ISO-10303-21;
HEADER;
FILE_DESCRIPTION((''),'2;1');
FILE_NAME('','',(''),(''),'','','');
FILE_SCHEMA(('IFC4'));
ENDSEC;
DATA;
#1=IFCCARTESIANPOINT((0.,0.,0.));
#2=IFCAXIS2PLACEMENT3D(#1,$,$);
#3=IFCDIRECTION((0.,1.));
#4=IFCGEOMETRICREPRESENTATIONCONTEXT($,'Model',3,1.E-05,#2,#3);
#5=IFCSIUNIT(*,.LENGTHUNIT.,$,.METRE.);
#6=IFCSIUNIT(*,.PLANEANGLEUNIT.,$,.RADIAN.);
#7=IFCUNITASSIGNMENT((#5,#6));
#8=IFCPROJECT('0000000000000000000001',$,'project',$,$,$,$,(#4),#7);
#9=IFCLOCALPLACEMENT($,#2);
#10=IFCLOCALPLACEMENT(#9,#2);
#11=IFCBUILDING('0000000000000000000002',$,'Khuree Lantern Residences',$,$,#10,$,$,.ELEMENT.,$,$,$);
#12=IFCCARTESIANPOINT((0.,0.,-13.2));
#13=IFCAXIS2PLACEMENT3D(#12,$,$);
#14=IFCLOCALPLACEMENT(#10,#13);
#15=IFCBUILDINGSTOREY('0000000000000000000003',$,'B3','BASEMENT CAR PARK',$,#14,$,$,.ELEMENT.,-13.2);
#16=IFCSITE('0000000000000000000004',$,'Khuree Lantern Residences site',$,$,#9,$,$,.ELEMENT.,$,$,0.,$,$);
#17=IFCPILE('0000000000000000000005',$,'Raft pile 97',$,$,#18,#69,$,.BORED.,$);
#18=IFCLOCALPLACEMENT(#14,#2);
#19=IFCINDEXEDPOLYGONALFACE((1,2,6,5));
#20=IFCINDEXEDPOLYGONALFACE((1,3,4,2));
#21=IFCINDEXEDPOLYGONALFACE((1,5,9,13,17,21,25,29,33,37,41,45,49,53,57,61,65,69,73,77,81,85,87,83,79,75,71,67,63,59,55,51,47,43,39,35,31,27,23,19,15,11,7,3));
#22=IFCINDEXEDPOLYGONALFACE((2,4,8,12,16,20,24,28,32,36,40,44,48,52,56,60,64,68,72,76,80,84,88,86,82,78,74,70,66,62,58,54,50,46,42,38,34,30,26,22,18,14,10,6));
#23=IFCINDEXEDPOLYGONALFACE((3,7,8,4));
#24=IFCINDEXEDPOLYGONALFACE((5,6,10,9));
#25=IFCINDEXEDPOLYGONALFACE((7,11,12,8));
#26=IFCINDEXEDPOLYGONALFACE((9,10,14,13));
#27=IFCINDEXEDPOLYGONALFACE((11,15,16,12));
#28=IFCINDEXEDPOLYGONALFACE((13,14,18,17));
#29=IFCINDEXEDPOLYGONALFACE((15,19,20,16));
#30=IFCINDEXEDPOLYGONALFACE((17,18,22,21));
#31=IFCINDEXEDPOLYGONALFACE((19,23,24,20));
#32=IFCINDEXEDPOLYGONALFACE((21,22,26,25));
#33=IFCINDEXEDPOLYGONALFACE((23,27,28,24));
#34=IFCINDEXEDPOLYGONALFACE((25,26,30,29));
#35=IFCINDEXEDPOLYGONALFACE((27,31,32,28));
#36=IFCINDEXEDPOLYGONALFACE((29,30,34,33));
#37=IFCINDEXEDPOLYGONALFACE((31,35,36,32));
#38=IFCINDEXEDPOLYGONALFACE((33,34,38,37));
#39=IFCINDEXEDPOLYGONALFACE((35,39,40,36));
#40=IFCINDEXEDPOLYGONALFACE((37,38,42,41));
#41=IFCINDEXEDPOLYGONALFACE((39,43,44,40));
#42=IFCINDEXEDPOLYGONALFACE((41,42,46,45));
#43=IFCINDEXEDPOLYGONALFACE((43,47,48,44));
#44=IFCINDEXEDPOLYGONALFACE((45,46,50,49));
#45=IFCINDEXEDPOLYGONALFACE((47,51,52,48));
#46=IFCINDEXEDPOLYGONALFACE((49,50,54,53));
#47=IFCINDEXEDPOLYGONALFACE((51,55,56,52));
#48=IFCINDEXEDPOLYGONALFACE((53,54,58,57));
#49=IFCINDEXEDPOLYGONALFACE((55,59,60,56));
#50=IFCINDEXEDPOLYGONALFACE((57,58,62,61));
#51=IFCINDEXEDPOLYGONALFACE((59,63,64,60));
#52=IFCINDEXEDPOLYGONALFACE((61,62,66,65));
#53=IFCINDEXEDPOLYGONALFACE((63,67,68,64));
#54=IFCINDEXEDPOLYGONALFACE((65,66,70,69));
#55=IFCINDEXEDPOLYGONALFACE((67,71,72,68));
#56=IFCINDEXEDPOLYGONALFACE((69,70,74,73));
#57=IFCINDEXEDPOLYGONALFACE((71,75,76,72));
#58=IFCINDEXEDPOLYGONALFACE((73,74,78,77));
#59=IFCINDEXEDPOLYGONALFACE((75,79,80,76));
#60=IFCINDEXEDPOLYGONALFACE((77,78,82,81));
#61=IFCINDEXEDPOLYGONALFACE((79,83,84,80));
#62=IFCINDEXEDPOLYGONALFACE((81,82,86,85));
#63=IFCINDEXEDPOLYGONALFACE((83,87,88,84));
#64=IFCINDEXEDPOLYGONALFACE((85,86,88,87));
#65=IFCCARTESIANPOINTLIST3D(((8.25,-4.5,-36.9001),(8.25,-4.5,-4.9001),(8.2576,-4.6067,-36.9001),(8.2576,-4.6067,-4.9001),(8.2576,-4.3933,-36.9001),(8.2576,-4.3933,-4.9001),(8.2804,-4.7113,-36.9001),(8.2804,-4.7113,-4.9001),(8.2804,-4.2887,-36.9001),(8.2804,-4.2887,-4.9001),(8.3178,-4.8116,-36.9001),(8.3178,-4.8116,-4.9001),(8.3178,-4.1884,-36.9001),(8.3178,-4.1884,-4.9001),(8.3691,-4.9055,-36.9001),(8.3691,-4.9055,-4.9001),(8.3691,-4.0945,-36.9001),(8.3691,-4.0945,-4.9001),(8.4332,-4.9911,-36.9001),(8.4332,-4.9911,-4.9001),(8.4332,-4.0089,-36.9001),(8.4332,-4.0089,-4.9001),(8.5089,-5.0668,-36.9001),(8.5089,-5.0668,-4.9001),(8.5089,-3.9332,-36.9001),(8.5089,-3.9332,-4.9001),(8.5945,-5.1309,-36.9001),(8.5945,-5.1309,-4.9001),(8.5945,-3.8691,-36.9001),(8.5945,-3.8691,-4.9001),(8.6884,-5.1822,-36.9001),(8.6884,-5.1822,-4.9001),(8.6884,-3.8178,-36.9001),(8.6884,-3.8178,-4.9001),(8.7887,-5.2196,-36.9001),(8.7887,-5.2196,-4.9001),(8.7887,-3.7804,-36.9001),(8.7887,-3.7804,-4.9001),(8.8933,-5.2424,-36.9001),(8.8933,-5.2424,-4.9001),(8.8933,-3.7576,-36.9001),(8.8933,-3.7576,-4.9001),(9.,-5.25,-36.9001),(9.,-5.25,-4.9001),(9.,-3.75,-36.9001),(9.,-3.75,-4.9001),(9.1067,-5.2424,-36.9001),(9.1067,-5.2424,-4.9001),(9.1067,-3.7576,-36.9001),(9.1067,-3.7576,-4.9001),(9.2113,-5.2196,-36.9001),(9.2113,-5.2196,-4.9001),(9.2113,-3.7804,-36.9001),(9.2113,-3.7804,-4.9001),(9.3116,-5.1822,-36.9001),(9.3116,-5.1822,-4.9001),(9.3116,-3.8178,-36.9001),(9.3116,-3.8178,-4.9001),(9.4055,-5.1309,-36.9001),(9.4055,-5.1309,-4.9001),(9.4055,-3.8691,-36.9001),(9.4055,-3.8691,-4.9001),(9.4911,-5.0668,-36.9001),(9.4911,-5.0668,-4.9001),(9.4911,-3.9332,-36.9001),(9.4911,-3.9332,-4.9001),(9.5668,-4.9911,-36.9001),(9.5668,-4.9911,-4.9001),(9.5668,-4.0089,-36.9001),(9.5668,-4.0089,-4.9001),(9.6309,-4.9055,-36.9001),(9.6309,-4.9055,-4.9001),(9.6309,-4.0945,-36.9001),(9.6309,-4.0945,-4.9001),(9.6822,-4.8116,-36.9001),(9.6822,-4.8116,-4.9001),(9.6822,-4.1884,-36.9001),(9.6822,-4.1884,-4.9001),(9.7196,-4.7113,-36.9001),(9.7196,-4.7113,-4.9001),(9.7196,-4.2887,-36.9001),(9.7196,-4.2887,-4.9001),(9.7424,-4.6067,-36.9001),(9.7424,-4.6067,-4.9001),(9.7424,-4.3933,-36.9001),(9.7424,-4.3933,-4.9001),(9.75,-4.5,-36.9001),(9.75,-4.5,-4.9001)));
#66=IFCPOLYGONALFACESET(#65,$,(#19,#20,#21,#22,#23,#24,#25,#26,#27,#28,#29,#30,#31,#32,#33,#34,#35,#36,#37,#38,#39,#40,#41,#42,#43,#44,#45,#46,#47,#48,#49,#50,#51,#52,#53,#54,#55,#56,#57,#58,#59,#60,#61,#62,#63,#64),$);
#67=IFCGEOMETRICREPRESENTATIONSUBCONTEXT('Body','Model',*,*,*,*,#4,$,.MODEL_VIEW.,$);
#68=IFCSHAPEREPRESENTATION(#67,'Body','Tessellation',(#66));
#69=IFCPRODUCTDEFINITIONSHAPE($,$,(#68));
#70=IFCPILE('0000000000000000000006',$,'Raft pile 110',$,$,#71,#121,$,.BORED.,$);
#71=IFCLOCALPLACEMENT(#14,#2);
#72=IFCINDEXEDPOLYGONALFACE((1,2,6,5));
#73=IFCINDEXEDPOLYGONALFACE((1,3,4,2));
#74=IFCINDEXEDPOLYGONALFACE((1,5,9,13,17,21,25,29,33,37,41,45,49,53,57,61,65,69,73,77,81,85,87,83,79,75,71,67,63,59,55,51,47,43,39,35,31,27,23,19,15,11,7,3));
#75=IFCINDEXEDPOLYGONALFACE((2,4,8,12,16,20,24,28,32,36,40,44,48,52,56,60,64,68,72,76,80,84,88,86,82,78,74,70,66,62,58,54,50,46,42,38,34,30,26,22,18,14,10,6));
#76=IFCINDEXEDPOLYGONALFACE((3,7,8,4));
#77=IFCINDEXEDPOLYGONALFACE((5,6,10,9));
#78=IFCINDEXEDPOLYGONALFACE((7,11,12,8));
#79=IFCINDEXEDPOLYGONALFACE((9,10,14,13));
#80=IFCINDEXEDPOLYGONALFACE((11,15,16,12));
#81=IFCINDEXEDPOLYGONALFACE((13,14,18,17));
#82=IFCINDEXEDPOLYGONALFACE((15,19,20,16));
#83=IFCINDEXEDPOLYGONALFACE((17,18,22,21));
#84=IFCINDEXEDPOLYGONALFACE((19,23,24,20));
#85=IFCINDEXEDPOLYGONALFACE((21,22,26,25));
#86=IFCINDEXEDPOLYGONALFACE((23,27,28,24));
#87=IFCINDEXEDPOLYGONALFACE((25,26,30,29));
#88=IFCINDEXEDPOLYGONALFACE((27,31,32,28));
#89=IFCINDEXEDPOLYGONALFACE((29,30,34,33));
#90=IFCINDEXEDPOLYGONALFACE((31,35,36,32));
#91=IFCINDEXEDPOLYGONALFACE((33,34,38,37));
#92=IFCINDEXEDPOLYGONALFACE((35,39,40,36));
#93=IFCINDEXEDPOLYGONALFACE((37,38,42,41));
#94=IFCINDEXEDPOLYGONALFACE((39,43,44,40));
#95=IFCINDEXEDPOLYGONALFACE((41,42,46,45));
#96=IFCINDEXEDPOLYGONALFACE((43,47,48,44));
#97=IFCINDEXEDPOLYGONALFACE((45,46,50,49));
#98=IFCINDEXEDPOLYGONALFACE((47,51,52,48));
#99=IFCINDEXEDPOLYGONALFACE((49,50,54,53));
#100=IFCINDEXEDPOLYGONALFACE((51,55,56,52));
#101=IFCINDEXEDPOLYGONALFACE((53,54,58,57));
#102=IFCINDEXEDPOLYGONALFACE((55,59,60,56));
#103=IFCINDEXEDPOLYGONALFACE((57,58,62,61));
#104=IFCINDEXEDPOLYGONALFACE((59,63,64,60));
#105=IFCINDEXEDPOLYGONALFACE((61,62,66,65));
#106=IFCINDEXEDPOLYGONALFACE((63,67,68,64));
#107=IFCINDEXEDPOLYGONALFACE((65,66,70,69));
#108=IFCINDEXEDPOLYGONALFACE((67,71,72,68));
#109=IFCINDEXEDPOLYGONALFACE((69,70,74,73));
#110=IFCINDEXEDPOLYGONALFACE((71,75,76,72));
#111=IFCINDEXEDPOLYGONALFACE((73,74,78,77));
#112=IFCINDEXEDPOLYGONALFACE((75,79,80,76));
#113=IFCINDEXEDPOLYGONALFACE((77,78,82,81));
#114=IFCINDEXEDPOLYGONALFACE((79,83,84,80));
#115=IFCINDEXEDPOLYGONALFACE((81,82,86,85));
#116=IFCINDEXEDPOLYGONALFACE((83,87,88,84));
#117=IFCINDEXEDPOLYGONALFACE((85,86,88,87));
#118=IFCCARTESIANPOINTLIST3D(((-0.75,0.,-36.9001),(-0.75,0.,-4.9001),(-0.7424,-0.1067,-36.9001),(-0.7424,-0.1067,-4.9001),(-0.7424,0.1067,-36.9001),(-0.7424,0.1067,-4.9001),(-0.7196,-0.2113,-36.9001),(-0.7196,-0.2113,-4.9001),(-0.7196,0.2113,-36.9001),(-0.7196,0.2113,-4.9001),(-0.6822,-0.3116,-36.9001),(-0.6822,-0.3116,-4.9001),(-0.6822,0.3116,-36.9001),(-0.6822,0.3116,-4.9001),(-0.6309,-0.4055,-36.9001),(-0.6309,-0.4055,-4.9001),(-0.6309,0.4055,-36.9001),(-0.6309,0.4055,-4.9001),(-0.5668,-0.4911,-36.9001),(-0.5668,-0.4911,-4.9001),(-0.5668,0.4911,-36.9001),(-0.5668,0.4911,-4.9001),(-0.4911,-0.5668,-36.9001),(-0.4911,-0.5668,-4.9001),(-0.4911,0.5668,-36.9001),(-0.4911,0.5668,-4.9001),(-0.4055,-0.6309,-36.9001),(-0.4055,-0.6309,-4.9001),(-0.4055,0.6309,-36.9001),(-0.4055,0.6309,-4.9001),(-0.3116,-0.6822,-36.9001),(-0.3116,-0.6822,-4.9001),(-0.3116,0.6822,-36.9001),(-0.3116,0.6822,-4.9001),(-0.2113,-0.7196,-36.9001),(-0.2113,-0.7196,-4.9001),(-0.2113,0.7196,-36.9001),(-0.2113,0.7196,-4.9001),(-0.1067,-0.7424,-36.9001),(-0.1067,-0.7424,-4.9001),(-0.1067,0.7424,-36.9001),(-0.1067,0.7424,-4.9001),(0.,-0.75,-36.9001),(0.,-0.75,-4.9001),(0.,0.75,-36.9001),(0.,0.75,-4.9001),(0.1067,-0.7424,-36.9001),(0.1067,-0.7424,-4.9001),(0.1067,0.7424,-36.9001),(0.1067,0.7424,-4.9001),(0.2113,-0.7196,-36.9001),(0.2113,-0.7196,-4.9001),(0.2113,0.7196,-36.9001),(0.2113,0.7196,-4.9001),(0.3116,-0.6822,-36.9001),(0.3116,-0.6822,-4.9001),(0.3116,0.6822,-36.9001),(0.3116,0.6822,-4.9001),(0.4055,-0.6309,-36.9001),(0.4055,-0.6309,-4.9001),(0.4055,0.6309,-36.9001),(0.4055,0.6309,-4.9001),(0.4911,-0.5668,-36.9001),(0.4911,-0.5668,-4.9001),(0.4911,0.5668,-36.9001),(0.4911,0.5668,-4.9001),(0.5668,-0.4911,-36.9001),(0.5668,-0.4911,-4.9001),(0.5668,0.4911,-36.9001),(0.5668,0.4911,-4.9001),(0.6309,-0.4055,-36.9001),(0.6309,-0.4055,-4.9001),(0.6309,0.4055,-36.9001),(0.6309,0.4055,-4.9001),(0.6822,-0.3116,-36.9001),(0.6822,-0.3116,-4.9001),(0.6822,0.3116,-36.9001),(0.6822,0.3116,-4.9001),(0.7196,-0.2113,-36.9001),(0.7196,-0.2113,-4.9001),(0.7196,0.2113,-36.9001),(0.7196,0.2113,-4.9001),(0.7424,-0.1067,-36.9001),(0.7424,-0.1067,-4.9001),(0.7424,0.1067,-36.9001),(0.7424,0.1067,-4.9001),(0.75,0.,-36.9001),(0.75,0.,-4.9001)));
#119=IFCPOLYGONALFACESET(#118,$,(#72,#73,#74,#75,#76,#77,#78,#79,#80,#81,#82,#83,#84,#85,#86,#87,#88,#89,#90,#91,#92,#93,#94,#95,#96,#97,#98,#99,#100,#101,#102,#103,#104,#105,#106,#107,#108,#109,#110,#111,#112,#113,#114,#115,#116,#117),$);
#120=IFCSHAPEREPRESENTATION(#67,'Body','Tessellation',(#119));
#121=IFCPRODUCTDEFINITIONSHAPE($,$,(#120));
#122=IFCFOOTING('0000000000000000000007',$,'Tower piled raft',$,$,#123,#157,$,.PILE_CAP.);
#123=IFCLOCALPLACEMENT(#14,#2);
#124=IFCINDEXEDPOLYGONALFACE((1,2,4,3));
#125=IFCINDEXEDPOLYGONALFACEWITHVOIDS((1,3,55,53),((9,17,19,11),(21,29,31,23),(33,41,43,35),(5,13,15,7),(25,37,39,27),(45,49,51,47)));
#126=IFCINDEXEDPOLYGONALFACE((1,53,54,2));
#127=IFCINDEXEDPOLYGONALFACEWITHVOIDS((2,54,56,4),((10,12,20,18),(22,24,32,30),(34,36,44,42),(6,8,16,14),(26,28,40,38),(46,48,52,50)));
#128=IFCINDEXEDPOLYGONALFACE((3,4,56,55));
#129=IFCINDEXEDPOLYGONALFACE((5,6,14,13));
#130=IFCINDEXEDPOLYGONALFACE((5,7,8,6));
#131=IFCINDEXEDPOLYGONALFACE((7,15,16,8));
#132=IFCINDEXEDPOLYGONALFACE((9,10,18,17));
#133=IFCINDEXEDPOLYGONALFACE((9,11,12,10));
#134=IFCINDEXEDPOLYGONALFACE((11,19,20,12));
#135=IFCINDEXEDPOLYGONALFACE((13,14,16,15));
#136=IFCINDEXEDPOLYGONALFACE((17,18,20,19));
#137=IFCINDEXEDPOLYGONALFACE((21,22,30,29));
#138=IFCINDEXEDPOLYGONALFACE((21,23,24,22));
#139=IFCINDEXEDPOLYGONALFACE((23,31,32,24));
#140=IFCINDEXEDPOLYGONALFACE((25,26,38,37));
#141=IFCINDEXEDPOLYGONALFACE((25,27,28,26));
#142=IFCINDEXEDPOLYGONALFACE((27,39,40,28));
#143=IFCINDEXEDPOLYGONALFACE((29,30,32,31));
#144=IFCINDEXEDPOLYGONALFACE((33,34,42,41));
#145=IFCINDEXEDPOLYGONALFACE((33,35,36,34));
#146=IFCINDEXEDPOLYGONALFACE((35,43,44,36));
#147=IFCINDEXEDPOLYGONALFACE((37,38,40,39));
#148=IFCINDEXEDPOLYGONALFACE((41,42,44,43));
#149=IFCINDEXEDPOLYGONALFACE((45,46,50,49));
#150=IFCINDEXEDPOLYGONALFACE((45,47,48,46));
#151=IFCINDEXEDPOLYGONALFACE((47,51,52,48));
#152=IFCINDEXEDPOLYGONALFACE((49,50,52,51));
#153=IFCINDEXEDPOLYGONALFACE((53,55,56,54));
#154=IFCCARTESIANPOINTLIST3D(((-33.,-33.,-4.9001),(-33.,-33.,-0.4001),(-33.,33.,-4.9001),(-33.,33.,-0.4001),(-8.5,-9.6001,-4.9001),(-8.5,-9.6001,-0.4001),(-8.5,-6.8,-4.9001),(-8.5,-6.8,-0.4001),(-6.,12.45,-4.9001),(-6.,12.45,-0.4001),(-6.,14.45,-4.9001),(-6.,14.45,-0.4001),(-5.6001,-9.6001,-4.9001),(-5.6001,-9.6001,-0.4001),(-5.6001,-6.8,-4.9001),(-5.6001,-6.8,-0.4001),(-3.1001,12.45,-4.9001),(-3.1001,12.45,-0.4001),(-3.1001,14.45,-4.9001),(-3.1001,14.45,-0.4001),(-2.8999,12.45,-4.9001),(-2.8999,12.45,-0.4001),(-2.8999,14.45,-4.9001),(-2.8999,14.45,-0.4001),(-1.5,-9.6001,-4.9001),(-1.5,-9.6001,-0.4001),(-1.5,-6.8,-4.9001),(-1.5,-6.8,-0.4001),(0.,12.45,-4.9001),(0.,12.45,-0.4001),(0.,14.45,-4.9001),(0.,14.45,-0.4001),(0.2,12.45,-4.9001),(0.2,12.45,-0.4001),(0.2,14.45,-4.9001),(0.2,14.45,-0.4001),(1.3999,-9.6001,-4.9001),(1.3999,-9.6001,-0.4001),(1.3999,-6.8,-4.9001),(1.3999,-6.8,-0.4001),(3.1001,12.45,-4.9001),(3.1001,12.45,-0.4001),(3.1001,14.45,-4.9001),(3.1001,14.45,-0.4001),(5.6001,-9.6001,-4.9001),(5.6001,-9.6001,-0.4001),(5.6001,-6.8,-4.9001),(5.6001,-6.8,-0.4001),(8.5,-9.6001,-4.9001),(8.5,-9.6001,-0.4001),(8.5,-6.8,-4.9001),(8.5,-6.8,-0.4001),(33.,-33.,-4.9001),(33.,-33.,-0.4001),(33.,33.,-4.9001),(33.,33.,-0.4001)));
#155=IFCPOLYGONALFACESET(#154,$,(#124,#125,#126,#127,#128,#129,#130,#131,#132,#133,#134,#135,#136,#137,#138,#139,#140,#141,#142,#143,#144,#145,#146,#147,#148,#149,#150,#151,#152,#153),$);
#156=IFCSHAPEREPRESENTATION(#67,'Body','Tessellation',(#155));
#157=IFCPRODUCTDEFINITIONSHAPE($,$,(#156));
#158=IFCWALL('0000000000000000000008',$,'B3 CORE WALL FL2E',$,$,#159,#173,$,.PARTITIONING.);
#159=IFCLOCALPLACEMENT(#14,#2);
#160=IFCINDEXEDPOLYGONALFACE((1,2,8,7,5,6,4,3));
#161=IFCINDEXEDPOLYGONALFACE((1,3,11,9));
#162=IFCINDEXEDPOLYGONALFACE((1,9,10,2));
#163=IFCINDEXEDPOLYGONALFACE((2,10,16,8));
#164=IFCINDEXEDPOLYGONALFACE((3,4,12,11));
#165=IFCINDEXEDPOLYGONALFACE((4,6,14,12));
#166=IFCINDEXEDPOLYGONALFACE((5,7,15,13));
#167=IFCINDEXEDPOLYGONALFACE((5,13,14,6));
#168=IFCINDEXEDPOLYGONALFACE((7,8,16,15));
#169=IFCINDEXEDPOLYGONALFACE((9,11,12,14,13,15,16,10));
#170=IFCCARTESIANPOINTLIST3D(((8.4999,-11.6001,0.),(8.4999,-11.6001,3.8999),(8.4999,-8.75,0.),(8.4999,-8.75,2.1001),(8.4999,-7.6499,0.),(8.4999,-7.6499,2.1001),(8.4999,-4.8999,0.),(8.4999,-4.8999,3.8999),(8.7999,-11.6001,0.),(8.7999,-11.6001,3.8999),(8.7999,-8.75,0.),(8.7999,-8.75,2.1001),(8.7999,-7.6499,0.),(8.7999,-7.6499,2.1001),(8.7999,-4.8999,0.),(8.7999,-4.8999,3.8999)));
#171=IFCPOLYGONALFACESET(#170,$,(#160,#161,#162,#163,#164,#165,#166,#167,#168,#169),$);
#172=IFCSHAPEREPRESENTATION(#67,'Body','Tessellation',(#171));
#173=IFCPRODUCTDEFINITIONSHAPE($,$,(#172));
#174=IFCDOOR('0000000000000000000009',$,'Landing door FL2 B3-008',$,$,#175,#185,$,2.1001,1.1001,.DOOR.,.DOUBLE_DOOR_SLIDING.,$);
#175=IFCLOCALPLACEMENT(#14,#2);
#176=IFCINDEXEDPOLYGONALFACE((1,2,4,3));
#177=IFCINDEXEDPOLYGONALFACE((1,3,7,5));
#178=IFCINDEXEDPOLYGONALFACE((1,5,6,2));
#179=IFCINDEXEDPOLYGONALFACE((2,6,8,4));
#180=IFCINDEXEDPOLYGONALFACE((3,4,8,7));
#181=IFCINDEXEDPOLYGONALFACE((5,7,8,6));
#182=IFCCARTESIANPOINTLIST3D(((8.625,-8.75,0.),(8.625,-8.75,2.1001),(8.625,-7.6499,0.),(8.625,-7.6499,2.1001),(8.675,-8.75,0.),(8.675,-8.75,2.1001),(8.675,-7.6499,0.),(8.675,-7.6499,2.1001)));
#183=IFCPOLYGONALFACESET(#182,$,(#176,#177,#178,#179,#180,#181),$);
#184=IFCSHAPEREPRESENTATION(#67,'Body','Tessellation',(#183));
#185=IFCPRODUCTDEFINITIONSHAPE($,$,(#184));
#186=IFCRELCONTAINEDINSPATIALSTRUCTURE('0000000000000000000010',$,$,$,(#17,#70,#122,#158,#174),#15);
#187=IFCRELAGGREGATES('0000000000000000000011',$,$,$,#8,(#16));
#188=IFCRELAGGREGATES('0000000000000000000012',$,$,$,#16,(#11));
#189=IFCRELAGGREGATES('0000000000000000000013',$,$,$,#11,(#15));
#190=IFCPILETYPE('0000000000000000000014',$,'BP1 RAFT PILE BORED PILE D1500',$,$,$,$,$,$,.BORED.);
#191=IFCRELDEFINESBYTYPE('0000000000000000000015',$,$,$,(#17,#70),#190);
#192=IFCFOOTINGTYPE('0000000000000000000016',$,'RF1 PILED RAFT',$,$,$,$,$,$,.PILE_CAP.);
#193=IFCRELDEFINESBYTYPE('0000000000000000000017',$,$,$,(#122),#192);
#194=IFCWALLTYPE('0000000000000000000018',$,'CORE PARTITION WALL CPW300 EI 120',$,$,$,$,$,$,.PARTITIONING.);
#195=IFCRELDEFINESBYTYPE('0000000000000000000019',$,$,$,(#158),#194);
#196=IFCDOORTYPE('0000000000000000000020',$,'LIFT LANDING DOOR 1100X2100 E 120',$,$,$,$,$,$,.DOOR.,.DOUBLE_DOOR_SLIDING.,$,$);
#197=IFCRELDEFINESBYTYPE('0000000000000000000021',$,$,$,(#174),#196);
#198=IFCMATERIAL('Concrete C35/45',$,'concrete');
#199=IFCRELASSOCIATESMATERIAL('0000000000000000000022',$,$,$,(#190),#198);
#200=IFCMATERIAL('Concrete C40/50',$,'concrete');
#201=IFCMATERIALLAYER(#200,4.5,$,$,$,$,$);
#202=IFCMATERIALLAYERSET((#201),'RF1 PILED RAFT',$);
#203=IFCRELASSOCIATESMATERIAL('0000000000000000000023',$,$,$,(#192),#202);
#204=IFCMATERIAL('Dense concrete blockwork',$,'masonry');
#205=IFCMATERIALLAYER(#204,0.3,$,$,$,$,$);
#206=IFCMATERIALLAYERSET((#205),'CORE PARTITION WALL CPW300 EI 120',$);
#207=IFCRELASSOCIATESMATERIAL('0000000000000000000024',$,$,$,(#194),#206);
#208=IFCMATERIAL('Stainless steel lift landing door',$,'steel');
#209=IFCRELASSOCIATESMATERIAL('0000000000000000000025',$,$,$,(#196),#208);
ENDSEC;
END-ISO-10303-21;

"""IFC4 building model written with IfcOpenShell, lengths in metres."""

from ifc_helpers import new_model, si_unit, direction, frame, frame_2d, origin, origin_2d, place, context, subcontext, project, spatial, polyline, rectangle, circle, outline, extrude, material, layer, layer_set, material_profile, profile_set, type_object, element, fill, save


model = new_model("IFC4")

# Units and contexts
model_context = context("Model", 3, precision=1e-05, world=origin(), true_north=direction((0.0, 1.0)))
body_context = subcontext(model_context, "Body", "Model", "MODEL_VIEW")
ifc_project = project(units=[si_unit("LENGTHUNIT", "METRE"), si_unit("PLANEANGLEUNIT", "RADIAN")], contexts=[model_context])

# Site, building, storey
site_placement = place(None, origin())
site = spatial("IfcSite", under=ifc_project, at=site_placement, Name="Khuree Lantern Residences site", CompositionType="ELEMENT", RefElevation=0.0)
building_placement = place(site_placement, origin())
building = spatial("IfcBuilding", under=site, at=building_placement, Name="Khuree Lantern Residences", CompositionType="ELEMENT")
storey_placement = place(building_placement, frame((0.0, 0.0, -13.2)))
storey = spatial("IfcBuildingStorey", under=building, at=storey_placement, Name="B3", Description="BASEMENT CAR PARK", CompositionType="ELEMENT", Elevation=-13.2)

# Piles
ifc_material_1 = material(Name="Concrete C35/45", Category="concrete")
ifc_material_profile = material_profile(ifc_material_1, circle(Radius=0.75, at=origin_2d()), Name="BORED PILE D1500")
ifc_profile_set = profile_set([ifc_material_profile], Name="Concrete C35/45")
pile_type = type_object("IfcPileType", Name="BP1 RAFT PILE BORED PILE D1500", PredefinedType="BORED", material=ifc_profile_set)
for number, where, z_axis, x_axis, name in (
    (1, (9.0, -4.5, -4.9001), (0.0, 0.0, -1.0), (1.0, 0.0, 0.0), "Raft pile 97"),
    (2, (0.0, 0.0, -4.9001), (0.0, 0.0, -1.0), (1.0, 0.0, 0.0), "Raft pile 110"),
):
    element("IfcPile", number, at=place(storey_placement, frame(where, z_axis=z_axis, x_axis=x_axis)), inside=storey, type_object=pile_type, Name=name, PredefinedType="BORED", context=body_context, shape_type="SweptSolid", body=[
        extrude(circle(Radius=0.75, at=origin_2d()), origin(), (0.0, 0.0, 1.0), 32.0),
    ])

# Footing
ifc_material_2 = material(Name="Concrete C40/50", Category="concrete")
ifc_layer_1 = layer(ifc_material_2, 4.5)
ifc_layer_set_1 = layer_set([ifc_layer_1], Name="RF1 PILED RAFT")
footing_type = type_object("IfcFootingType", Name="RF1 PILED RAFT", PredefinedType="PILE_CAP", material=ifc_layer_set_1)
footing_placement = place(storey_placement, frame((0.0, 0.0, -4.9001)))
element("IfcFooting", 3, at=footing_placement, inside=storey, type_object=footing_type, Name="Tower piled raft", PredefinedType="PILE_CAP", context=body_context, shape_type="SweptSolid", body=[
    extrude(outline(polyline([(-33.0, -33.0), (-33.0, 33.0), (33.0, 33.0), (33.0, -33.0), (-33.0, -33.0)]), holes=[polyline([(5.6001, -6.8), (5.6001, -9.6001), (8.5, -9.6001), (8.5, -6.8), (5.6001, -6.8)]), polyline([(0.2, 14.45), (0.2, 12.45), (3.1001, 12.45), (3.1001, 14.45), (0.2, 14.45)]), polyline([(-1.5, -6.8), (-1.5, -9.6001), (1.3999, -9.6001), (1.3999, -6.8), (-1.5, -6.8)]), polyline([(-2.8999, 14.45), (-2.8999, 12.45), (0.0, 12.45), (0.0, 14.45), (-2.8999, 14.45)]), polyline([(-6.0, 12.45), (-3.1001, 12.45), (-3.1001, 14.45), (-6.0, 14.45), (-6.0, 12.45)]), polyline([(-8.5, -9.6001), (-5.6001, -9.6001), (-5.6001, -6.8), (-8.5, -6.8), (-8.5, -9.6001)])]), origin(), (0.0, 0.0, 1.0), 4.5),
])

# Wall, opening, door
ifc_material_3 = material(Name="Dense concrete blockwork", Category="masonry")
ifc_layer_2 = layer(ifc_material_3, 0.3)
ifc_layer_set_2 = layer_set([ifc_layer_2], Name="CORE PARTITION WALL CPW300 EI 120")
wall_type_1 = type_object("IfcWallType", Name="CORE PARTITION WALL CPW300 EI 120", PredefinedType="PARTITIONING", material=ifc_layer_set_2)
wall_1_placement = place(storey_placement, frame((8.6499, -11.6001, 0.0), z_axis=(0.0, 0.0, 1.0), x_axis=(0.0, 1.0, 0.0)))
wall_1 = element("IfcWall", 4, at=wall_1_placement, inside=storey, type_object=wall_type_1, Name="B3 CORE WALL FL2E", PredefinedType="PARTITIONING", context=body_context, shape_type="SweptSolid", body=[
    extrude(rectangle(XDim=6.7002, YDim=0.3, at=frame_2d((3.3501, 0.0))), origin(), (0.0, 0.0, 1.0), 3.8999),
])
opening_1_placement = place(wall_1_placement, frame((2.8501, 0.0, 0.0)))
opening_1 = element("IfcOpeningElement", 5, at=opening_1_placement, cuts=wall_1, PredefinedType="OPENING", context=body_context, shape_type="SweptSolid", body=[
    extrude(rectangle(XDim=1.1001, YDim=2.1001, at=frame_2d((0.55, 1.05))), frame((0.0, 0.1602, 0.0), z_axis=(0.0, -1.0, 0.0), x_axis=(1.0, 0.0, 0.0)), (0.0, 0.0, 1.0), 0.3201),
])
ifc_material_4 = material(Name="Stainless steel lift landing door", Category="steel")
door_type_1 = type_object("IfcDoorType", Name="LIFT LANDING DOOR 1100X2100 E 120", OperationType="DOUBLE_DOOR_SLIDING", PredefinedType="DOOR", material=ifc_material_4)
door_1_placement = place(opening_1_placement, origin())
door_1 = element("IfcDoor", 6, at=door_1_placement, inside=storey, type_object=door_type_1, Name="Landing door FL2 B3-008", OperationType="DOUBLE_DOOR_SLIDING", OverallHeight=2.1001, OverallWidth=1.1001, PredefinedType="DOOR", context=body_context, shape_type="SweptSolid", body=[
    extrude(rectangle(XDim=1.1001, YDim=2.1001, at=frame_2d((0.55, 1.05))), frame((0.0, 0.0249, 0.0), z_axis=(0.0, -1.0, 0.0), x_axis=(1.0, 0.0, 0.0)), (0.0, 0.0, 1.0), 0.05),
])
fill(opening_1, door_1)

save(model, "model.ifc")
